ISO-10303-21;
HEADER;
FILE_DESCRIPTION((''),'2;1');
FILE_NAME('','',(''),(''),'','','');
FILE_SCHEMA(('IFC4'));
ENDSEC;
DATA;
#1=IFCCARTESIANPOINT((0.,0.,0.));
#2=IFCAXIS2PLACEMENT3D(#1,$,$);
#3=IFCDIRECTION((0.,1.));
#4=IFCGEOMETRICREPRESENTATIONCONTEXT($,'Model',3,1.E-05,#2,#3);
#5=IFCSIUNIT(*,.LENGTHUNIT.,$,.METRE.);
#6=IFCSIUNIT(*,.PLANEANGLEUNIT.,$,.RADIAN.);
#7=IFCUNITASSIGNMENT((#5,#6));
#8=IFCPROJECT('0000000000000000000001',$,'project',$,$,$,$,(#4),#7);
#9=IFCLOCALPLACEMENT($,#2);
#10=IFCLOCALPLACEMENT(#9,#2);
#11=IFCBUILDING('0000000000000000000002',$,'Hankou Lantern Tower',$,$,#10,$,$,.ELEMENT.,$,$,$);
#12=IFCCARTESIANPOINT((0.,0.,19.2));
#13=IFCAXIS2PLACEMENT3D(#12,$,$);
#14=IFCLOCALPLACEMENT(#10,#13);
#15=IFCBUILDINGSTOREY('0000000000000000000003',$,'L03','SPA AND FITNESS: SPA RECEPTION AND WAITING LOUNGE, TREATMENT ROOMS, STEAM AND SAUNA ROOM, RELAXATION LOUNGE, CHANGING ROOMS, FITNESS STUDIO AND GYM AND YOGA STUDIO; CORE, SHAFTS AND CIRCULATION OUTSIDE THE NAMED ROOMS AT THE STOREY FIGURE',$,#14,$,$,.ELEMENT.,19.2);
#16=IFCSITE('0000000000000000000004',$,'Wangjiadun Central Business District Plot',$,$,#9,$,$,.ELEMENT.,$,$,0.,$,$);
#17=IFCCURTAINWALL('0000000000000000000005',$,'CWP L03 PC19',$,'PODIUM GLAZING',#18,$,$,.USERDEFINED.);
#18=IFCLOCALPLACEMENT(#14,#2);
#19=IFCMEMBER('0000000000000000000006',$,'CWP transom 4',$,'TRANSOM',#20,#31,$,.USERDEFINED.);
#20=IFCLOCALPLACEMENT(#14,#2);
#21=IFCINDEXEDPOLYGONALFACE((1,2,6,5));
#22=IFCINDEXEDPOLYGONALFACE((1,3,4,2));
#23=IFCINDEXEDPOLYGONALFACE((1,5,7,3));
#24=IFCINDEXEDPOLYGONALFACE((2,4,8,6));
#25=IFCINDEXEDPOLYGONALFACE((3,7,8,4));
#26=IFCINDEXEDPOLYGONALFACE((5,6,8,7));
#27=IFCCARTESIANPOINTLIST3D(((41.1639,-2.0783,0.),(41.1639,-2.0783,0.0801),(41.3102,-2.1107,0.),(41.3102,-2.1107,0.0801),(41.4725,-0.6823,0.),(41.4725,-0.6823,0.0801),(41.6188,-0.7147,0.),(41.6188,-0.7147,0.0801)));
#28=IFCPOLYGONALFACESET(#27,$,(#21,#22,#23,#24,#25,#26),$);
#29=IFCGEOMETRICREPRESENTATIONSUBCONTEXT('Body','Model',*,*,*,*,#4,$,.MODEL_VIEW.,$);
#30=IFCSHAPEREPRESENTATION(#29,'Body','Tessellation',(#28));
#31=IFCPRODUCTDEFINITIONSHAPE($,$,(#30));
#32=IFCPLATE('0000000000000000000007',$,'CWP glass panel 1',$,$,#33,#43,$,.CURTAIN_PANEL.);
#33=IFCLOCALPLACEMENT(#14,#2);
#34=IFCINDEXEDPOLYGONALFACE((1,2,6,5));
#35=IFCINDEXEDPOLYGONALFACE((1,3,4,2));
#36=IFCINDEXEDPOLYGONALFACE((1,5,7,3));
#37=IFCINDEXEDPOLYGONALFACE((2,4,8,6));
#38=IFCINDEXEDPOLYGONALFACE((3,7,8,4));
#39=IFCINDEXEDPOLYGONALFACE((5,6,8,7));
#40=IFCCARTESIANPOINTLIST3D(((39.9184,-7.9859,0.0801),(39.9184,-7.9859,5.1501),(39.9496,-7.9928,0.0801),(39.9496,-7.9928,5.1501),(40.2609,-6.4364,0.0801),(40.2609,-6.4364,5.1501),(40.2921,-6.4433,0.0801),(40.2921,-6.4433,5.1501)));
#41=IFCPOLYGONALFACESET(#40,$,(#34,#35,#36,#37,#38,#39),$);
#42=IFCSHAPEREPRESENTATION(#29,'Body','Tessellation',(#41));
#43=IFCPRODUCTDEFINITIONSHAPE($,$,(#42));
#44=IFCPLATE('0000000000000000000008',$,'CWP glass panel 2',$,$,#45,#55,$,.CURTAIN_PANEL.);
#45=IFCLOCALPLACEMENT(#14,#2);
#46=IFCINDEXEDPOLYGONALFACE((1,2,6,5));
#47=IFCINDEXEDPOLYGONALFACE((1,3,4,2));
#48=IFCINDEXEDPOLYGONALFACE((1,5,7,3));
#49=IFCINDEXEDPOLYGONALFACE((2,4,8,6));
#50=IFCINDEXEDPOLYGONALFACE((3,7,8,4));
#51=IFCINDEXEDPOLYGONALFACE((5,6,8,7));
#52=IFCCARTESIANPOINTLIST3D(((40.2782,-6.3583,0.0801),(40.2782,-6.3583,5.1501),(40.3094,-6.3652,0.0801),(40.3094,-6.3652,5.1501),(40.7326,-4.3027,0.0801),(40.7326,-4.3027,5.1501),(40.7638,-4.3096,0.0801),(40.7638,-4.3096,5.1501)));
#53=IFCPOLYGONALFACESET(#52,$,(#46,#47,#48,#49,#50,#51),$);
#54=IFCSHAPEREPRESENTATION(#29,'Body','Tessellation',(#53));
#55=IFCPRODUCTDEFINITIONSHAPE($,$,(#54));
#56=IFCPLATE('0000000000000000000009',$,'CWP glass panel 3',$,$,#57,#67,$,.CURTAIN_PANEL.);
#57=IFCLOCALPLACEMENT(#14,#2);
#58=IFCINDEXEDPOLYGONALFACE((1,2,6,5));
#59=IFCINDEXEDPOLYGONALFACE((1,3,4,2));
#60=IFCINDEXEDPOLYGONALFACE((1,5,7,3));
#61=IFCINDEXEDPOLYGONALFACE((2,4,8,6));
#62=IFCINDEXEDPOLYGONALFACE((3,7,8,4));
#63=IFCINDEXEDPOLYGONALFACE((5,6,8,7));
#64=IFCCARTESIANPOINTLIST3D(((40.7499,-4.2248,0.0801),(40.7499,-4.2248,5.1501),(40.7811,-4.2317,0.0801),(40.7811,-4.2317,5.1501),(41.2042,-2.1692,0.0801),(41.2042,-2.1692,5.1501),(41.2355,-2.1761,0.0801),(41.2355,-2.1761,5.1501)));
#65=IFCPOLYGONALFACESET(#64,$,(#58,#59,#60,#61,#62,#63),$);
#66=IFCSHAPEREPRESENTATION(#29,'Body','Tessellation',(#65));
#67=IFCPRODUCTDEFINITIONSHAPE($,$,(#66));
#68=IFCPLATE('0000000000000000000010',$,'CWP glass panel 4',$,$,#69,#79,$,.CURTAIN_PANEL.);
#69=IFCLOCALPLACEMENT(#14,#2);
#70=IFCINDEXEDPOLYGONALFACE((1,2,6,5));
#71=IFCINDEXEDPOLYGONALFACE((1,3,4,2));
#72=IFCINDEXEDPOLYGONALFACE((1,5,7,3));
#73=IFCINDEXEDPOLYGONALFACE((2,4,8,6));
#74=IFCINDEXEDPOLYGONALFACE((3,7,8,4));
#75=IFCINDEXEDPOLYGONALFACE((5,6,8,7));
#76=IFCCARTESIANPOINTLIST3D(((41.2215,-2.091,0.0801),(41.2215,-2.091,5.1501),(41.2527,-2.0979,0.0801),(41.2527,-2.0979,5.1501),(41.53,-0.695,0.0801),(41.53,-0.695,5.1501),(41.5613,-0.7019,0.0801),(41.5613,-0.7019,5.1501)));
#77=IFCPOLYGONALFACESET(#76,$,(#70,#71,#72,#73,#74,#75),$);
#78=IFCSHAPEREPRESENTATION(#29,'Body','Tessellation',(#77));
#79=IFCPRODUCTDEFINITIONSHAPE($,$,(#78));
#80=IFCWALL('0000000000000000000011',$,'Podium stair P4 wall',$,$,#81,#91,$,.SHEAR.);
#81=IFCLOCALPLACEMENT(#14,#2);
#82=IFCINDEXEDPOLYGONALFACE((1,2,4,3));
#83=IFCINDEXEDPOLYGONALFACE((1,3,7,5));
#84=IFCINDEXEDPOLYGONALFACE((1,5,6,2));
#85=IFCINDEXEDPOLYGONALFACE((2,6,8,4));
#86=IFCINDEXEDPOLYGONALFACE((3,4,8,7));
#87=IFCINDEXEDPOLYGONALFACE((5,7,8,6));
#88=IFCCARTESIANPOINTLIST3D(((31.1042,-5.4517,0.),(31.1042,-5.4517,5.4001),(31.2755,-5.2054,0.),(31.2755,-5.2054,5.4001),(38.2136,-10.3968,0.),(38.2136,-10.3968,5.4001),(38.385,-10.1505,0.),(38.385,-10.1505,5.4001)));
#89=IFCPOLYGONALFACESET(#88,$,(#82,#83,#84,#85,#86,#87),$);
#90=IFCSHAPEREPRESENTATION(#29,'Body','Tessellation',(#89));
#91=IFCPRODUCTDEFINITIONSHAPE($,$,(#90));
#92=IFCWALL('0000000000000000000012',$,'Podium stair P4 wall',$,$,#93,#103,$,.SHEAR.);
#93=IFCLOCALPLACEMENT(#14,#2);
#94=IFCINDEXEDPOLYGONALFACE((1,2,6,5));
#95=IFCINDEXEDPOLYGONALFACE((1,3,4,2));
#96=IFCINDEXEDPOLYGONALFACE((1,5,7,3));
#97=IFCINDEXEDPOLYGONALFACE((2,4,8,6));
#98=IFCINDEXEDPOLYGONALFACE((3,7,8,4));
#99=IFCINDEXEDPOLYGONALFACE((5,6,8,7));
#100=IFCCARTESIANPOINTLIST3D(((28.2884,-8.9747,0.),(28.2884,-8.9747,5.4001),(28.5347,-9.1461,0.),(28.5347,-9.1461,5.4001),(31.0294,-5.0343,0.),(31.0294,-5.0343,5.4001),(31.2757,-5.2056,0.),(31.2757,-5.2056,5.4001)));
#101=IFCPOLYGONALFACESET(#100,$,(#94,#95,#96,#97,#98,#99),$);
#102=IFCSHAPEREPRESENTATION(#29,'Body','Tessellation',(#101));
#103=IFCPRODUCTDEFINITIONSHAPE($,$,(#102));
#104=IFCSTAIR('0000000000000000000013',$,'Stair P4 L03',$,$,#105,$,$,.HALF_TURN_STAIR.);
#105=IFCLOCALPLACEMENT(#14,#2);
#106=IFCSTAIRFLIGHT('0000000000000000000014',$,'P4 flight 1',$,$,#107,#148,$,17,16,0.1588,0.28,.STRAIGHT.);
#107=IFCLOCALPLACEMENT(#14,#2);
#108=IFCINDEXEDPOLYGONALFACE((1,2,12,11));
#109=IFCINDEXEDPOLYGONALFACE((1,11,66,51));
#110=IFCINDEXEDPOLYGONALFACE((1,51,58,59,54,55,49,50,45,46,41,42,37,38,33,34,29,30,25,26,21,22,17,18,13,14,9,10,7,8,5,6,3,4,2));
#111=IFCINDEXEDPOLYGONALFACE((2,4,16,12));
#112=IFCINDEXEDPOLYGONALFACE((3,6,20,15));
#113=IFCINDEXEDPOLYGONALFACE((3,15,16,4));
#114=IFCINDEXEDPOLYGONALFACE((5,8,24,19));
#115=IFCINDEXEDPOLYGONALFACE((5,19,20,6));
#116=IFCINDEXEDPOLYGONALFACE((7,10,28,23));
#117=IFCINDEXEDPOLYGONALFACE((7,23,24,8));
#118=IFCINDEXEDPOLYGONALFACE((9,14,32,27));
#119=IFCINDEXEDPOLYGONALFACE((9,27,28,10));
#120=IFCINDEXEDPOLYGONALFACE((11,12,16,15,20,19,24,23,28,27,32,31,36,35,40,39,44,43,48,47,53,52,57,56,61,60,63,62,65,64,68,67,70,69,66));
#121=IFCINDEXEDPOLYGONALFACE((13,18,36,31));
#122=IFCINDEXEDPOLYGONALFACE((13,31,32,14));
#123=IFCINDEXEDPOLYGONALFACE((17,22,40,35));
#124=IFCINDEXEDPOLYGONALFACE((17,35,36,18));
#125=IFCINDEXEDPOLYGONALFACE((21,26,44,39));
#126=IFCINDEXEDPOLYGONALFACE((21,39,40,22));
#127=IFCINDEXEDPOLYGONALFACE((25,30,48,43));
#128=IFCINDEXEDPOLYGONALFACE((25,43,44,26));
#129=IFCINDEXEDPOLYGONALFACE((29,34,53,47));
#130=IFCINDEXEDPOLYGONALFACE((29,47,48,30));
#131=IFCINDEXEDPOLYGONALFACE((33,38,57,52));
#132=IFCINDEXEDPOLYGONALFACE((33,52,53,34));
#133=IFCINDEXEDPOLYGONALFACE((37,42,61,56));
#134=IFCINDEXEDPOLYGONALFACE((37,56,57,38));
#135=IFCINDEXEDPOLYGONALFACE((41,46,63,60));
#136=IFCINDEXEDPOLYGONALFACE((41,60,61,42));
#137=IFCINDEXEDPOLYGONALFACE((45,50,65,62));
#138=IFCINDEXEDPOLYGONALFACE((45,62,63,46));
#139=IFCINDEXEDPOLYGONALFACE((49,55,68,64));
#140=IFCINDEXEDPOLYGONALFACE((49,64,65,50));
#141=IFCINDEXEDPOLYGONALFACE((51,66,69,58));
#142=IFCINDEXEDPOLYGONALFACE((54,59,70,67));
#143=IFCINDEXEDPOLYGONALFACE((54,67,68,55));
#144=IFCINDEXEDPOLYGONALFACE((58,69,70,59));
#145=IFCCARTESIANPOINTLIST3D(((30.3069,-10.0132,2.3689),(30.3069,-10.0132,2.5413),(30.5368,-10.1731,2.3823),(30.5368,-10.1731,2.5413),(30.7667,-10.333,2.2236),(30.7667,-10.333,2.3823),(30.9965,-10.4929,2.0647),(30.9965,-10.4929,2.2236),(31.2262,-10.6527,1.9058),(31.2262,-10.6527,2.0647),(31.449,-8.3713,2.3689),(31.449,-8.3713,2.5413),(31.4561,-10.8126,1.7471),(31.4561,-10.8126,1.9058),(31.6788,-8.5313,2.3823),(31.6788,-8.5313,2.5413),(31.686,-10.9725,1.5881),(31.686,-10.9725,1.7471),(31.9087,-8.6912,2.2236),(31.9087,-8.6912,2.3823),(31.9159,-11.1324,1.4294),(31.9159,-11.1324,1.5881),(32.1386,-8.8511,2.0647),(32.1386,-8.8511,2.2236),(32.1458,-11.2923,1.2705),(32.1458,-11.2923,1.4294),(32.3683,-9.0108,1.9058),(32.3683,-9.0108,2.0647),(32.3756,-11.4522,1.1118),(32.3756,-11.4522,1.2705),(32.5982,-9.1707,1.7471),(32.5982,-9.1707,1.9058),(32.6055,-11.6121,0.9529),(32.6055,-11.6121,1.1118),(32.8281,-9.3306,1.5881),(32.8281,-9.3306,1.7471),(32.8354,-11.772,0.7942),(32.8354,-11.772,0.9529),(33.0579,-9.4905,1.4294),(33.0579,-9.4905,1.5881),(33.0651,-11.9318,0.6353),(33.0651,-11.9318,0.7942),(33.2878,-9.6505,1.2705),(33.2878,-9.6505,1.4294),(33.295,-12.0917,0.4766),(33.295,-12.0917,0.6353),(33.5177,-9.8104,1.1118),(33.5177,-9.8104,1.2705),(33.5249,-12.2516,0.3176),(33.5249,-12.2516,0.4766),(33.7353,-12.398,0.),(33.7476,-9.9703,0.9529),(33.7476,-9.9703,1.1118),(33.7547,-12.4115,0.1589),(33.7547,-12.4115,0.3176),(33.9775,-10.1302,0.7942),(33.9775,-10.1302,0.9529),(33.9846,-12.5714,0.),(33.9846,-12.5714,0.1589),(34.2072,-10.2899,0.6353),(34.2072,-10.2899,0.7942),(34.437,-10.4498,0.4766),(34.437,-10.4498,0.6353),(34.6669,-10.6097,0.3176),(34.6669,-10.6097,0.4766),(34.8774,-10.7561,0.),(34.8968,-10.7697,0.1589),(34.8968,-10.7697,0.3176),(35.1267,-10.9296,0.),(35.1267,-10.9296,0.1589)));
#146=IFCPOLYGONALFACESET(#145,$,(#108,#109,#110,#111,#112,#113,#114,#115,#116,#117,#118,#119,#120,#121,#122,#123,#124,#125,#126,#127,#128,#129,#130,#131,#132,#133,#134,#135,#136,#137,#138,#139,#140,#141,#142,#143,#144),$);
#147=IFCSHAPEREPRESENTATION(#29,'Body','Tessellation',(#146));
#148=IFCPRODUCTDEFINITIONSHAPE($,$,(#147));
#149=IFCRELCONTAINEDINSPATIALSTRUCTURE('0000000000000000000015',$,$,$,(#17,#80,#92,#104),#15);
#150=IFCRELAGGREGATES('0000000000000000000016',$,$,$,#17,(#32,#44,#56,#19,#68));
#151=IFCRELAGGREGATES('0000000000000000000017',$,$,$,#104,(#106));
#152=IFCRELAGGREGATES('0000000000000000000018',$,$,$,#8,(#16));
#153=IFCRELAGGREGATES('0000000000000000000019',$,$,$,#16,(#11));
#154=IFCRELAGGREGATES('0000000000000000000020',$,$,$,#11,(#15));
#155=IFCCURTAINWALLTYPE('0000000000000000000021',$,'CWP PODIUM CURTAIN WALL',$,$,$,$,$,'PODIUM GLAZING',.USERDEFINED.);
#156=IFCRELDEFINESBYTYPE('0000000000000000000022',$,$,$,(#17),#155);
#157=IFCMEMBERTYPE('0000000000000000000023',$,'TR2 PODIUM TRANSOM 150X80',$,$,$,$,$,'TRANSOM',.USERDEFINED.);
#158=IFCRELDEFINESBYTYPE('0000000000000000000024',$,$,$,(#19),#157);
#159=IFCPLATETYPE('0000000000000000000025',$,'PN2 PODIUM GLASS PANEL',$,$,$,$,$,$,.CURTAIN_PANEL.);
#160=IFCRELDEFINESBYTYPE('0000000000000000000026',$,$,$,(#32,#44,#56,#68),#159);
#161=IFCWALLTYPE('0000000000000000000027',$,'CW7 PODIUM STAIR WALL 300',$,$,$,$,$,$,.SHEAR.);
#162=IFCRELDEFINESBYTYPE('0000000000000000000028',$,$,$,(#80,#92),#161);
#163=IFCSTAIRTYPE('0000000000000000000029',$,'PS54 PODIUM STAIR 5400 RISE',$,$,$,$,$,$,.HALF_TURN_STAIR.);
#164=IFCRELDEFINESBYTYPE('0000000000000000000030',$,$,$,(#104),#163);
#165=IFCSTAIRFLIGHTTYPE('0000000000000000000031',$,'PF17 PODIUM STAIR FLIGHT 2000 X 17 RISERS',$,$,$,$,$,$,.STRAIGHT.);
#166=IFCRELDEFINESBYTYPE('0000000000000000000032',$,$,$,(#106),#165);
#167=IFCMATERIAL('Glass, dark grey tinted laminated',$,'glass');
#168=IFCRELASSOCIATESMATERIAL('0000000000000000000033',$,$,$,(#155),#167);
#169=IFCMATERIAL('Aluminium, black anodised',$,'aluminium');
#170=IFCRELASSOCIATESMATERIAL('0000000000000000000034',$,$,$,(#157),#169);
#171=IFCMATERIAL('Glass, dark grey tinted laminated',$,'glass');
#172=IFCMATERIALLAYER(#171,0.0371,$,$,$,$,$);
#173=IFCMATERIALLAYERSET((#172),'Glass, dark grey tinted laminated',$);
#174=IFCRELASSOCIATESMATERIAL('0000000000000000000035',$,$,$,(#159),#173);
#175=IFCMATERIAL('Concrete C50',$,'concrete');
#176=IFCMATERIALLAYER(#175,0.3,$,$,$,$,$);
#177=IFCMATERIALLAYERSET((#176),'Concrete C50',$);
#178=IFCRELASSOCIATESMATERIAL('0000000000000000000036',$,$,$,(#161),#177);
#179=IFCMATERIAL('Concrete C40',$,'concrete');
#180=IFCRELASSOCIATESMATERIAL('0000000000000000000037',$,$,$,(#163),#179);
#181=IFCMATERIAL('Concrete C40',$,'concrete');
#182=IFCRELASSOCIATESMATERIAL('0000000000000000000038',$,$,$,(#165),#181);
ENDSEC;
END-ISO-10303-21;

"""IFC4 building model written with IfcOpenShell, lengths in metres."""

from ifc_helpers import new_model, si_unit, direction, frame, frame_2d, origin, origin_2d, place, context, subcontext, project, spatial, polyline, rectangle, outline, extrude, material, layer, layer_set, material_profile, profile_set, type_object, element, aggregate, save


model = new_model("IFC4")

# Units and contexts
model_context = context("Model", 3, precision=1e-05, world=origin(), true_north=direction((0.0, 1.0)))
body_context = subcontext(model_context, "Body", "Model", "MODEL_VIEW")
ifc_project = project(units=[si_unit("LENGTHUNIT", "METRE"), si_unit("PLANEANGLEUNIT", "RADIAN")], contexts=[model_context])

# Site, building, storey
site_placement = place(None, origin())
site = spatial("IfcSite", under=ifc_project, at=site_placement, Name="Wangjiadun Central Business District Plot", CompositionType="ELEMENT", RefElevation=0.0)
building_placement = place(site_placement, origin())
building = spatial("IfcBuilding", under=site, at=building_placement, Name="Hankou Lantern Tower", CompositionType="ELEMENT")
storey_placement = place(building_placement, frame((0.0, 0.0, 19.2)))
storey = spatial("IfcBuildingStorey", under=building, at=storey_placement, Name="L03", Description="SPA AND FITNESS: SPA RECEPTION AND WAITING LOUNGE, TREATMENT ROOMS, STEAM AND SAUNA ROOM, RELAXATION LOUNGE, CHANGING ROOMS, FITNESS STUDIO AND GYM AND YOGA STUDIO; CORE, SHAFTS AND CIRCULATION OUTSIDE THE NAMED ROOMS AT THE STOREY FIGURE", CompositionType="ELEMENT", Elevation=19.2)

# Curtain wall
ifc_material_1 = material(Name="Glass, dark grey tinted laminated", Category="glass")
curtain_wall_type = type_object("IfcCurtainWallType", Name="CWP PODIUM CURTAIN WALL", ElementType="PODIUM GLAZING", PredefinedType="USERDEFINED", material=ifc_material_1)
curtain_wall_placement = place(storey_placement, origin())
curtain_wall = element("IfcCurtainWall", 1, at=curtain_wall_placement, inside=storey, type_object=curtain_wall_type, Name="CWP L03 PC19", ObjectType="PODIUM GLAZING", PredefinedType="USERDEFINED")

# Member
ifc_material_2 = material(Name="Aluminium, black anodised", Category="aluminium")
ifc_material_profile_1 = material_profile(ifc_material_2, rectangle(XDim=0.1499, YDim=0.0801, at=origin_2d()), Name="TR2 150X80")
ifc_profile_set_1 = profile_set([ifc_material_profile_1], Name="Aluminium, black anodised")
member_type_1 = type_object("IfcMemberType", Name="TR2 PODIUM TRANSOM 150X80", ElementType="TRANSOM", PredefinedType="USERDEFINED", material=ifc_profile_set_1)
member_1_placement = place(storey_placement, frame((41.2371, -2.0945, 0.04), z_axis=(0.215845, 0.976428, 0.0), x_axis=(-0.976428, 0.215845, 0.0)))
member_1 = element("IfcMember", 2, at=member_1_placement, type_object=member_type_1, Name="CWP transom 4", ObjectType="TRANSOM", PredefinedType="USERDEFINED", context=body_context, shape_type="SweptSolid", body=[
    extrude(rectangle(XDim=0.1499, YDim=0.0801, at=origin_2d()), origin(), (0.0, 0.0, 1.0), 1.4297),
])

# Plates
ifc_material_3 = material(Name="Glass, dark grey tinted laminated", Category="glass")
ifc_layer_1 = layer(ifc_material_3, 0.0371)
ifc_layer_set_1 = layer_set([ifc_layer_1], Name="Glass, dark grey tinted laminated")
plate_type = type_object("IfcPlateType", Name="PN2 PODIUM GLASS PANEL", PredefinedType="CURTAIN_PANEL", material=ifc_layer_set_1)
plate_1_placement = place(storey_placement, frame((40.1052, -7.2146, 0.0801), z_axis=(0.0, 0.0, 1.0), x_axis=(0.215821, 0.976433, 0.0)))
plate_1 = element("IfcPlate", 3, at=plate_1_placement, type_object=plate_type, Name="CWP glass panel 1", PredefinedType="CURTAIN_PANEL", context=body_context, shape_type="SweptSolid", body=[
    extrude(rectangle(XDim=1.5869, YDim=0.032, at=origin_2d()), origin(), (0.0, 0.0, 1.0), 5.0701),
])
plate_2_placement = place(storey_placement, frame((40.521, -5.334, 0.0801), z_axis=(0.0, 0.0, 1.0), x_axis=(0.215821, 0.976433, 0.0)))
plate_2 = element("IfcPlate", 4, at=plate_2_placement, type_object=plate_type, Name="CWP glass panel 2", PredefinedType="CURTAIN_PANEL", context=body_context, shape_type="SweptSolid", body=[
    extrude(rectangle(XDim=2.1052, YDim=0.032, at=origin_2d()), origin(), (0.0, 0.0, 1.0), 5.0701),
])
plate_3_placement = place(storey_placement, frame((40.9927, -3.2004, 0.0801), z_axis=(0.0, 0.0, 1.0), x_axis=(0.215821, 0.976433, 0.0)))
plate_3 = element("IfcPlate", 5, at=plate_3_placement, type_object=plate_type, Name="CWP glass panel 3", PredefinedType="CURTAIN_PANEL", context=body_context, shape_type="SweptSolid", body=[
    extrude(rectangle(XDim=2.1052, YDim=0.032, at=origin_2d()), origin(), (0.0, 0.0, 1.0), 5.0701),
])
plate_4_placement = place(storey_placement, frame((41.3914, -1.3965, 0.0801), z_axis=(0.0, 0.0, 1.0), x_axis=(0.215821, 0.976433, 0.0)))
plate_4 = element("IfcPlate", 6, at=plate_4_placement, type_object=plate_type, Name="CWP glass panel 4", PredefinedType="CURTAIN_PANEL", context=body_context, shape_type="SweptSolid", body=[
    extrude(rectangle(XDim=1.4297, YDim=0.032, at=origin_2d()), origin(), (0.0, 0.0, 1.0), 5.0701),
])
aggregate(curtain_wall, [plate_1, plate_2, plate_3, member_1, plate_4])

# Walls
ifc_material_4 = material(Name="Concrete C50", Category="concrete")
ifc_layer_2 = layer(ifc_material_4, 0.3)
ifc_layer_set_2 = layer_set([ifc_layer_2], Name="Concrete C50")
wall_type = type_object("IfcWallType", Name="CW7 PODIUM STAIR WALL 300", PredefinedType="SHEAR", material=ifc_layer_set_2)
wall_1_placement = place(storey_placement, frame((38.2993, -10.2737, 0.0), z_axis=(0.0, 0.0, 1.0), x_axis=(-0.820937, 0.571019, 0.0)))
element("IfcWall", 7, at=wall_1_placement, inside=storey, type_object=wall_type, Name="Podium stair P4 wall", PredefinedType="SHEAR", context=body_context, shape_type="SweptSolid", body=[
    extrude(rectangle(XDim=8.6602, YDim=0.3, at=frame_2d((4.3301, 0.0))), origin(), (0.0, 0.0, 1.0), 5.4001),
])
wall_2_placement = place(storey_placement, frame((28.4116, -9.0603, 0.0), z_axis=(0.0, 0.0, 1.0), x_axis=(0.571036, 0.820925, 0.0)))
element("IfcWall", 8, at=wall_2_placement, inside=storey, type_object=wall_type, Name="Podium stair P4 wall", PredefinedType="SHEAR", context=body_context, shape_type="SweptSolid", body=[
    extrude(rectangle(XDim=4.8, YDim=0.3, at=frame_2d((2.3999, 0.0))), origin(), (0.0, 0.0, 1.0), 5.4001),
])

# Stair, stair flight
ifc_material_5 = material(Name="Concrete C40", Category="concrete")
stair_type = type_object("IfcStairType", Name="PS54 PODIUM STAIR 5400 RISE", PredefinedType="HALF_TURN_STAIR", material=ifc_material_5)
stair_placement = place(storey_placement, origin())
stair = element("IfcStair", 9, at=stair_placement, inside=storey, type_object=stair_type, Name="Stair P4 L03", PredefinedType="HALF_TURN_STAIR")
ifc_material_6 = material(Name="Concrete C40", Category="concrete")
stair_flight_type = type_object("IfcStairFlightType", Name="PF17 PODIUM STAIR FLIGHT 2000 X 17 RISERS", PredefinedType="STRAIGHT", material=ifc_material_6)
stair_flight_1_placement = place(storey_placement, frame((34.5557, -11.7505, 0.0), z_axis=(0.0, 0.0, 1.0), x_axis=(-0.820927, 0.571033, 0.0)))
stair_flight_1 = element("IfcStairFlight", 10, at=stair_flight_1_placement, type_object=stair_flight_type, Name="P4 flight 1", NumberOfRisers=17, NumberOfTreads=16, PredefinedType="STRAIGHT", RiserHeight=0.1588, TreadLength=0.28, context=body_context, shape_type="SweptSolid", body=[
    extrude(outline(polyline([(0.0, 0.0), (0.0, 0.1589), (0.28, 0.1589), (0.28, 0.3176), (0.5601, 0.3176), (0.5601, 0.4766), (0.8401, 0.4766), (0.8401, 0.6353), (1.1201, 0.6353), (1.1201, 0.7942), (1.3999, 0.7942), (1.3999, 0.9529), (1.6799, 0.9529), (1.6799, 1.1118), (1.96, 1.1118), (1.96, 1.2705), (2.24, 1.2705), (2.24, 1.4294), (2.52, 1.4294), (2.52, 1.5881), (2.8, 1.5881), (2.8, 1.7471), (3.0801, 1.7471), (3.0801, 1.9058), (3.3601, 1.9058), (3.3601, 2.0647), (3.6399, 2.0647), (3.6399, 2.2236), (3.9199, 2.2236), (3.9199, 2.3823), (4.2, 2.3823), (4.2, 2.5413), (4.48, 2.5413), (4.48, 2.7), (4.48, 2.3689), (0.3037, 0.0), (0.0, 0.0)])), frame((0.0, 1.0, 0.0), z_axis=(0.0, -1.0, 0.0), x_axis=(1.0, 0.0, 0.0)), (0.0, 0.0, 1.0), 2.0),
])
aggregate(stair, [stair_flight_1])

save(model, "model.ifc")
